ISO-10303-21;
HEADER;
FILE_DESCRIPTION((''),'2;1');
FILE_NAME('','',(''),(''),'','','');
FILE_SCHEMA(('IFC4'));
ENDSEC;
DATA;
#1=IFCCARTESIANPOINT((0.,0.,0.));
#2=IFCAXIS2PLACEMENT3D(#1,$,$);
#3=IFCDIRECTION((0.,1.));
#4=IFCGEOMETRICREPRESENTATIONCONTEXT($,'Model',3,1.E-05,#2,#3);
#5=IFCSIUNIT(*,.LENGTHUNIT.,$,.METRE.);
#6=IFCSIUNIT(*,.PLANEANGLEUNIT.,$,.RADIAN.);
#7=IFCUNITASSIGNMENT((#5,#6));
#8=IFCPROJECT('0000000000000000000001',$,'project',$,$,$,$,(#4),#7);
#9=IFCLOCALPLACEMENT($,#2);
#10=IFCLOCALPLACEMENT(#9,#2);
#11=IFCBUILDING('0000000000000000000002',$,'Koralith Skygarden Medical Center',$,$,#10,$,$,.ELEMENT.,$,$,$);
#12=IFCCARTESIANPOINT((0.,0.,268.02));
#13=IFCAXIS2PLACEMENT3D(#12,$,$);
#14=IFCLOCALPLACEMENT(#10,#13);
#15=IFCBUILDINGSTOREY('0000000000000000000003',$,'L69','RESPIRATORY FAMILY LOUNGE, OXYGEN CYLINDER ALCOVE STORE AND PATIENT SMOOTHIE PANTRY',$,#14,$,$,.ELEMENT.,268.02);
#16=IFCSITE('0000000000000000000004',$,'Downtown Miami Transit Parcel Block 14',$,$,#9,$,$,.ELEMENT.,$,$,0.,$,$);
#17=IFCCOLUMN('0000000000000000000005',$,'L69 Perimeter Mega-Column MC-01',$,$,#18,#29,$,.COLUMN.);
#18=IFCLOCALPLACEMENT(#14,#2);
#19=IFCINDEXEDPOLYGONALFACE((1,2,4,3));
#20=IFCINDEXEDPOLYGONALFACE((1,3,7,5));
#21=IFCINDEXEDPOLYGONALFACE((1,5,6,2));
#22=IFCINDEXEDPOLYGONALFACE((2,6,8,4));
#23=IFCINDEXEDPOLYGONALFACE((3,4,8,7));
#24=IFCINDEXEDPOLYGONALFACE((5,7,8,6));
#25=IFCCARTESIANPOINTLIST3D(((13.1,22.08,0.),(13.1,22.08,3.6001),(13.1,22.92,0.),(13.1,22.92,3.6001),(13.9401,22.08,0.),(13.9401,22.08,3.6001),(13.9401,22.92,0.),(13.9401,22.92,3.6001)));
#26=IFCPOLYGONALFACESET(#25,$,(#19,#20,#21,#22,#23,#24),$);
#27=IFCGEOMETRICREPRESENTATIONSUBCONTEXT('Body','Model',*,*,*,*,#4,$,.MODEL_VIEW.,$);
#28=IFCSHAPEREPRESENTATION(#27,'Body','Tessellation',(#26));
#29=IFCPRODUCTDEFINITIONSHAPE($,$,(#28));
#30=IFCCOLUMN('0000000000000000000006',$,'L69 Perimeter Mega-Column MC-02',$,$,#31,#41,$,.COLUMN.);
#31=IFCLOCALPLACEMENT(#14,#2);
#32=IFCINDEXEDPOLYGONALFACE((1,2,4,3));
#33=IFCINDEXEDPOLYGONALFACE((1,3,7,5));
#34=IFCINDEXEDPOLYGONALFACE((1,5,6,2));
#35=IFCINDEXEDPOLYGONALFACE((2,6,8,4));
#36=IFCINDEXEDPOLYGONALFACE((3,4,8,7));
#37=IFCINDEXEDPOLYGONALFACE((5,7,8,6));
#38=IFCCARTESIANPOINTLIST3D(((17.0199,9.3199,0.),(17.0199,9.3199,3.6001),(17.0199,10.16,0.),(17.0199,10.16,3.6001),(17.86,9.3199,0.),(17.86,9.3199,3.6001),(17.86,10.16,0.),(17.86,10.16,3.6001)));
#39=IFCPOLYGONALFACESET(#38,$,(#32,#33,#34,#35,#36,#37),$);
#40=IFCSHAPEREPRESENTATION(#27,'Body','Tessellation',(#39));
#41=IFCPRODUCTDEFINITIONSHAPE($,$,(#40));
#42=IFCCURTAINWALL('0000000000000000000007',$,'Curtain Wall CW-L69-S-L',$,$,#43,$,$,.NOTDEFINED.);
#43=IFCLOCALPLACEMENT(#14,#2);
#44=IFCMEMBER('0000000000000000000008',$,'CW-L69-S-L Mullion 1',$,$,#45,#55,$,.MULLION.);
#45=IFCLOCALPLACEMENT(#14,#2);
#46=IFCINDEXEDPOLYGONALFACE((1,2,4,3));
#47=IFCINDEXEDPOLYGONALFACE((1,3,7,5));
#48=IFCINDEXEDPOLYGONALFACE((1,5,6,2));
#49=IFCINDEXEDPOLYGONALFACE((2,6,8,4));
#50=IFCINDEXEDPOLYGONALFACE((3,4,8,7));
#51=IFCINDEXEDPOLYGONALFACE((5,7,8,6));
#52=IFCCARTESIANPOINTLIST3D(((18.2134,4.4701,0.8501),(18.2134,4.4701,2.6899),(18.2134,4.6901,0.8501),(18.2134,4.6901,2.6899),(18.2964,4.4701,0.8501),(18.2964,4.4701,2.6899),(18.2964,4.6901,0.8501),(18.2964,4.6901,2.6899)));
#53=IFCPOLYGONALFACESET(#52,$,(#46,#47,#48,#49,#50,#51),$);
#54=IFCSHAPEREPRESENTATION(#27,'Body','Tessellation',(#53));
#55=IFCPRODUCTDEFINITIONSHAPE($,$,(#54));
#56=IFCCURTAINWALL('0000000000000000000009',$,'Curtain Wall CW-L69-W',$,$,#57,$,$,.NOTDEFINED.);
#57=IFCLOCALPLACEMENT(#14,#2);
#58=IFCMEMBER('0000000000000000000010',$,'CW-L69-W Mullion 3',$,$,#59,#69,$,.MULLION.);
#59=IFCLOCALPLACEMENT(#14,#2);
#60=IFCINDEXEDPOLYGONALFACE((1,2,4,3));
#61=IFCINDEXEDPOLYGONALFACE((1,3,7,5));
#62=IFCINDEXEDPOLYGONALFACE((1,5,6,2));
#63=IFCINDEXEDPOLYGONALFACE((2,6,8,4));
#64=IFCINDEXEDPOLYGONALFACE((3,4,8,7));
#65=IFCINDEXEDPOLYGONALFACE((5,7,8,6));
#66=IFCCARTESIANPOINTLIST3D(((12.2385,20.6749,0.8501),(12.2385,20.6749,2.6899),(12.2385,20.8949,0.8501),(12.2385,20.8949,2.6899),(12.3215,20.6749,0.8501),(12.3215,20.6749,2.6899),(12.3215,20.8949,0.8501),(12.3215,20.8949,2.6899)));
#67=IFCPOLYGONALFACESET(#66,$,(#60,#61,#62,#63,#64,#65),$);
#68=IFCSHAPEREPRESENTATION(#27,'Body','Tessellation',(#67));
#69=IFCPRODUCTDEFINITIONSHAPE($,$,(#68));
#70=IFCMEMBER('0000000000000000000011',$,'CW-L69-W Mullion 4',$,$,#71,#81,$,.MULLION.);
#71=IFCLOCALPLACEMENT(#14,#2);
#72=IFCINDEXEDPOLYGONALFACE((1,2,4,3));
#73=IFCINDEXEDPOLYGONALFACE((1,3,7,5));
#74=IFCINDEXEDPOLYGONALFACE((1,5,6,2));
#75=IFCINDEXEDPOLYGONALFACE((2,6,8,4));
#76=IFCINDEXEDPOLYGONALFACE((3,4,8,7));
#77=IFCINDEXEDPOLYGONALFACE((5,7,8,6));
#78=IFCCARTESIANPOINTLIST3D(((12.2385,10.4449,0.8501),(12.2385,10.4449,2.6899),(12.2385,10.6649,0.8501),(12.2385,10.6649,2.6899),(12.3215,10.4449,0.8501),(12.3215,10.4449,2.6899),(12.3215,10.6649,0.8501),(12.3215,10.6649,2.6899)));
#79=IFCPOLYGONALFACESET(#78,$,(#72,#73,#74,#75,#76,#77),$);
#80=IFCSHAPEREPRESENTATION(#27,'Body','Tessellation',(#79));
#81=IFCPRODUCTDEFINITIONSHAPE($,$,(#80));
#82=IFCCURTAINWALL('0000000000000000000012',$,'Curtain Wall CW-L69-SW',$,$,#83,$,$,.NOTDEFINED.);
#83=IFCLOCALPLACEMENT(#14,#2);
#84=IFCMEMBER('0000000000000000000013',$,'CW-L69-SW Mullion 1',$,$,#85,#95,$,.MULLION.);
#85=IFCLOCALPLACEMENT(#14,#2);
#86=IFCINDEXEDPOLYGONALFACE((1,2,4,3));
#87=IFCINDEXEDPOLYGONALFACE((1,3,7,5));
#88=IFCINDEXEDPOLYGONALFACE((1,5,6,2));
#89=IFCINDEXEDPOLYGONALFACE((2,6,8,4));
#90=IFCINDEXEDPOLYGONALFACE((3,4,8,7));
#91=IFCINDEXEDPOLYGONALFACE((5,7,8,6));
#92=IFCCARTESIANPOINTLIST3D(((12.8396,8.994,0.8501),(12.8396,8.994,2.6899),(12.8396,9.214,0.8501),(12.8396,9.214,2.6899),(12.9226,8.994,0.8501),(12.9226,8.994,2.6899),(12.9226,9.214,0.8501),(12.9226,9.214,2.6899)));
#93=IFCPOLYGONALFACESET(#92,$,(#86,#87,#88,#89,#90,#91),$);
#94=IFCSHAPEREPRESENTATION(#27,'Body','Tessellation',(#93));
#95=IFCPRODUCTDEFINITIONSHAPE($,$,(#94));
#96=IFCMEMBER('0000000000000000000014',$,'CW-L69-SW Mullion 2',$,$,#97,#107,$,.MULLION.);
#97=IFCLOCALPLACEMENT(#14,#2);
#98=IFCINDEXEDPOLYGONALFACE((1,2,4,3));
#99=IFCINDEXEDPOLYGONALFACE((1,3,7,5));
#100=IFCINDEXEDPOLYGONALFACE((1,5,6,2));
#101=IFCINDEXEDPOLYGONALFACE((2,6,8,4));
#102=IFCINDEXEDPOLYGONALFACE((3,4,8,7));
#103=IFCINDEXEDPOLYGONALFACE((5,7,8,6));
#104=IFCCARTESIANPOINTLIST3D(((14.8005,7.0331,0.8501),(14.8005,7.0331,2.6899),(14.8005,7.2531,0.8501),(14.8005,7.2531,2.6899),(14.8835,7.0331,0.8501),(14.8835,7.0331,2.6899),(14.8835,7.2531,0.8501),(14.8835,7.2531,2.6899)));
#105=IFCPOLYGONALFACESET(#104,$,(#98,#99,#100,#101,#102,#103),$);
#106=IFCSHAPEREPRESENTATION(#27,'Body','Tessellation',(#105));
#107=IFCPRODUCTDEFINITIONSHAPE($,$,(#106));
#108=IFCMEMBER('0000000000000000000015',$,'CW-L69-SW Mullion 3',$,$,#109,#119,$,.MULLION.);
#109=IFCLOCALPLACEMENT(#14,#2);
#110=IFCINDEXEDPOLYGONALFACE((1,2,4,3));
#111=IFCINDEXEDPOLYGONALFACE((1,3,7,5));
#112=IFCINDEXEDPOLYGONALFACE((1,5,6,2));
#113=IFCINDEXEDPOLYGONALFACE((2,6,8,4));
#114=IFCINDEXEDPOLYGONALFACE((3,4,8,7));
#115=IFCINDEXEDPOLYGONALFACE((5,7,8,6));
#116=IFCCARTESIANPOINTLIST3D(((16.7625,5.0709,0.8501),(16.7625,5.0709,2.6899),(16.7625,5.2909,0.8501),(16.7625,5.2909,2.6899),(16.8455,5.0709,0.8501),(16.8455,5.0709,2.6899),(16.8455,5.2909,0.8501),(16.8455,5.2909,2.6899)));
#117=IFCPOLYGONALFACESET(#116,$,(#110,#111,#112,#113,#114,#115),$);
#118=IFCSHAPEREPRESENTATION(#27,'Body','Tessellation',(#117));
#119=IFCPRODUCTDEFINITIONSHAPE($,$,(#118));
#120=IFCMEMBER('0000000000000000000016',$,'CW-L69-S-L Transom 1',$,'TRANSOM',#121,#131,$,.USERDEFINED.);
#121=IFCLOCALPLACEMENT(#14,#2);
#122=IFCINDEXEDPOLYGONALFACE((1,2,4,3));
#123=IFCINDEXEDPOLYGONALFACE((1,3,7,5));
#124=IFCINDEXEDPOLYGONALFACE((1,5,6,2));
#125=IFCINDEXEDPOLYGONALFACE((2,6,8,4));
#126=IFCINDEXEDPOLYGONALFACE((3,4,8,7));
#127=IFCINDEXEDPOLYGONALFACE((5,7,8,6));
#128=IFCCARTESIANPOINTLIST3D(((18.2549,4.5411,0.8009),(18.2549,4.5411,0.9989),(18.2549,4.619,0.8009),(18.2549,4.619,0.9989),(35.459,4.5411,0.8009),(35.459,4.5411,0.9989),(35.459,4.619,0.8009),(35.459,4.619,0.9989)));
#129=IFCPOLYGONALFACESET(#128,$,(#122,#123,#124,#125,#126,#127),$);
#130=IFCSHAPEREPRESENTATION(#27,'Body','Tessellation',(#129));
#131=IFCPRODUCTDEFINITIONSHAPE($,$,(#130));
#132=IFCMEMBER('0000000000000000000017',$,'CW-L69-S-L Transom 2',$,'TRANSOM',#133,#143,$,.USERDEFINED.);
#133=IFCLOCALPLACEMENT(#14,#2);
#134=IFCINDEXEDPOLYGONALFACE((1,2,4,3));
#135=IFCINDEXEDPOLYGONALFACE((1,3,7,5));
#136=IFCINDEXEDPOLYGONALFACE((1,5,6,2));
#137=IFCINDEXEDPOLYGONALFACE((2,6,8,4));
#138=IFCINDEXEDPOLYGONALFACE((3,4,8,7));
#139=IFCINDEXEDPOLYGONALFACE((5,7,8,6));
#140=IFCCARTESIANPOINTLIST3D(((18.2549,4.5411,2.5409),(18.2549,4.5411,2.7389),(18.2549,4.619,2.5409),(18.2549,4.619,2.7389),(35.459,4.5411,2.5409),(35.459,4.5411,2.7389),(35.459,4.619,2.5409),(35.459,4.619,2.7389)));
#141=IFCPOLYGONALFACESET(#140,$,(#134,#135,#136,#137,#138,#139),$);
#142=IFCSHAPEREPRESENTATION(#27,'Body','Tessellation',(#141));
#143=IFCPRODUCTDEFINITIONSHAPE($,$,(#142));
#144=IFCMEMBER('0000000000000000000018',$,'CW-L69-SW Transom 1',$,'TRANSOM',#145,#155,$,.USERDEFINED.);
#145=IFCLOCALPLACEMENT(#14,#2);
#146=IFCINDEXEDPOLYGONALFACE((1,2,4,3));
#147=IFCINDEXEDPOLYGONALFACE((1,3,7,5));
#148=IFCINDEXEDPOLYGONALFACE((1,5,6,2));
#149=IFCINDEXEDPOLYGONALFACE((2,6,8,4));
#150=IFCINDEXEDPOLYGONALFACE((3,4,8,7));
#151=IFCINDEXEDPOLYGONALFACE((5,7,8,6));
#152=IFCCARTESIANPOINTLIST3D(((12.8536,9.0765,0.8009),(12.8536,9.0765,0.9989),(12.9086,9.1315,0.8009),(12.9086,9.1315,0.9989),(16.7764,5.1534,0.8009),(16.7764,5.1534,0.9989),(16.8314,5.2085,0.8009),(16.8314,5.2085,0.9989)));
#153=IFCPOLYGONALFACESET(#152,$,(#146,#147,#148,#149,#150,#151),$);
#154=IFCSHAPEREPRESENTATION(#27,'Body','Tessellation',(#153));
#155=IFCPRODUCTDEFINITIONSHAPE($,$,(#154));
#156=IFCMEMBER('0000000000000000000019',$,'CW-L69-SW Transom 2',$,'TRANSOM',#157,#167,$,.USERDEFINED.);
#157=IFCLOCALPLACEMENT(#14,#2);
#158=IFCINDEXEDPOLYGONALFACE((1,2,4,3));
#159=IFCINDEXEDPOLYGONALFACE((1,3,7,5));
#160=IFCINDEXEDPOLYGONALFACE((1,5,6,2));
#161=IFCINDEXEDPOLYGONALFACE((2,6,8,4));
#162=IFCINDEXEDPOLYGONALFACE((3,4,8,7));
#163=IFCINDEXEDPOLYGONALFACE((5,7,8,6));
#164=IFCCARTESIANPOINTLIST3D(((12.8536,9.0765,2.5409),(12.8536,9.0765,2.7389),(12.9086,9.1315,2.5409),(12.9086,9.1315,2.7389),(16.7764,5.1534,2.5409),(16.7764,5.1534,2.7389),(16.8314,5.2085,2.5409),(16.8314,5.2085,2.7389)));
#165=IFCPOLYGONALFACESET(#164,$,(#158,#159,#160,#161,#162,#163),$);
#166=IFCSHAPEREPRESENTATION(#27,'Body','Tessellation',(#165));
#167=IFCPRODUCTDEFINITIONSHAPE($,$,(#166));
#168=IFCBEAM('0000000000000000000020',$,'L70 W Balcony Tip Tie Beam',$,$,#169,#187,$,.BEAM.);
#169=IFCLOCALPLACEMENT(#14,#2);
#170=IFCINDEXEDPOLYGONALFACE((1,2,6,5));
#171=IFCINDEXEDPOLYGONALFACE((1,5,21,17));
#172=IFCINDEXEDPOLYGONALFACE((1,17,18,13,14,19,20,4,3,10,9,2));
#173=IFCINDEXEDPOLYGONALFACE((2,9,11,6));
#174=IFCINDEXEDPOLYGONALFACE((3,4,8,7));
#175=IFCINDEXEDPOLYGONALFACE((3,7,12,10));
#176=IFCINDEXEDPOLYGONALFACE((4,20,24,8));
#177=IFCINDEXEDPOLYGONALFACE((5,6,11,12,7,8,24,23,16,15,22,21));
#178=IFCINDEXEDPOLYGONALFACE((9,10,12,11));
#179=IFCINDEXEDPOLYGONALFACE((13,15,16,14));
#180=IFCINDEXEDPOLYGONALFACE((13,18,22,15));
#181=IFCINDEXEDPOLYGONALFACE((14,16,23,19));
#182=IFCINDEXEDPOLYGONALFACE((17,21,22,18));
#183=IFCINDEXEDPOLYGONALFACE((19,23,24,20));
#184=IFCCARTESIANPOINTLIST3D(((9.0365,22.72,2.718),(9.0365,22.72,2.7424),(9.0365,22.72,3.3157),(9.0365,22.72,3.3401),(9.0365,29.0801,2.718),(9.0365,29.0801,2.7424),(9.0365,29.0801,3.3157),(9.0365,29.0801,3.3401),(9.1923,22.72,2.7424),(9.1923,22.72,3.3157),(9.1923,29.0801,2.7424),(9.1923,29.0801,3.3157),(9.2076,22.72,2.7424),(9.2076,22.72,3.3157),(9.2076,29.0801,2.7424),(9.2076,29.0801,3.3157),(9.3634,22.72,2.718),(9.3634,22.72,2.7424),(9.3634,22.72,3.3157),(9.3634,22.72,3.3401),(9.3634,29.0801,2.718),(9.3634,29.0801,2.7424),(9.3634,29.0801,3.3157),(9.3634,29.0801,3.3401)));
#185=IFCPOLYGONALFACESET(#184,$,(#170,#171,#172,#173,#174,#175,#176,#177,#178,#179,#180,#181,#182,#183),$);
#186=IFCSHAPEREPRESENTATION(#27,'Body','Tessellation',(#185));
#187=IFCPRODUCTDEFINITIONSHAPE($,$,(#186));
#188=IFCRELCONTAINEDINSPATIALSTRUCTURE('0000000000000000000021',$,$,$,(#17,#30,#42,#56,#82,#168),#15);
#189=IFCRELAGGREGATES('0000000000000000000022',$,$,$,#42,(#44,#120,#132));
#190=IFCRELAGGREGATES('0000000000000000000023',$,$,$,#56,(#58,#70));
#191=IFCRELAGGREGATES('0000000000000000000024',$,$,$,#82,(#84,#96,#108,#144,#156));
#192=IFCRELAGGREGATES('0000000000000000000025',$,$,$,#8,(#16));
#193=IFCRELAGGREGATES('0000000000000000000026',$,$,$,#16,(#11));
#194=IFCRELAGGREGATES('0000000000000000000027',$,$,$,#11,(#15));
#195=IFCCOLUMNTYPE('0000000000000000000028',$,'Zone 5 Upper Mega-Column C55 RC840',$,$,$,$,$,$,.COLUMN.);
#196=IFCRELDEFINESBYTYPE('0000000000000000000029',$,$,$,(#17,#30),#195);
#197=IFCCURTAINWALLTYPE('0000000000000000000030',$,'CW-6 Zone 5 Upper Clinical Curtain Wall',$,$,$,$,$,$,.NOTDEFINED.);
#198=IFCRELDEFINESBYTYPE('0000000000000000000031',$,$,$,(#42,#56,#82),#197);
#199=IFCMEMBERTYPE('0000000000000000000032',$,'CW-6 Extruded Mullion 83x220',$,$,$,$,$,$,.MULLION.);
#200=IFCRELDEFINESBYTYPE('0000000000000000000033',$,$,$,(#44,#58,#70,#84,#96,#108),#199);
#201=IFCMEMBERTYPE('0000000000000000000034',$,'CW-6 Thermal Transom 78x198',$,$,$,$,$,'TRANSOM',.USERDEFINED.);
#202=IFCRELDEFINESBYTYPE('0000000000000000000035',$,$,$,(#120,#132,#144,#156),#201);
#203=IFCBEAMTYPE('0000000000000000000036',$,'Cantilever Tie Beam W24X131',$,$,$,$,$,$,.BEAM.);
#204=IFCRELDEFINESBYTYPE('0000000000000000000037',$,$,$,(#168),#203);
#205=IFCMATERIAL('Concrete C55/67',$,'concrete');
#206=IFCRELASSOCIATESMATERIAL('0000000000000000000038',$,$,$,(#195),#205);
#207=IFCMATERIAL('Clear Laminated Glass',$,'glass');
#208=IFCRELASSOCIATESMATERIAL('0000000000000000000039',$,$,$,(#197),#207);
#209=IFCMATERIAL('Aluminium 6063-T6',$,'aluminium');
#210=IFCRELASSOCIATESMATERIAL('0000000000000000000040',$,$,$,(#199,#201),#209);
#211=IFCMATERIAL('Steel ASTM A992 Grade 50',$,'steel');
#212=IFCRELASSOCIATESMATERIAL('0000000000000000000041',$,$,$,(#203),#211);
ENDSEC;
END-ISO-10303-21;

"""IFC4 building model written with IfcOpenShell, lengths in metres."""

from ifc_helpers import new_model, si_unit, direction, frame, origin, origin_2d, place, context, subcontext, project, spatial, rectangle, i_section, extrude, material, material_profile, profile_set, type_object, element, aggregate, save


model = new_model("IFC4")

# Units and contexts
model_context = context("Model", 3, precision=1e-05, world=origin(), true_north=direction((0.0, 1.0)))
body_context = subcontext(model_context, "Body", "Model", "MODEL_VIEW")
ifc_project = project(units=[si_unit("LENGTHUNIT", "METRE"), si_unit("PLANEANGLEUNIT", "RADIAN")], contexts=[model_context])

# Site, building, storey
site_placement = place(None, origin())
site = spatial("IfcSite", under=ifc_project, at=site_placement, Name="Downtown Miami Transit Parcel Block 14", CompositionType="ELEMENT", RefElevation=0.0)
building_placement = place(site_placement, origin())
building = spatial("IfcBuilding", under=site, at=building_placement, Name="Koralith Skygarden Medical Center", CompositionType="ELEMENT")
storey_placement = place(building_placement, frame((0.0, 0.0, 268.02)))
storey = spatial("IfcBuildingStorey", under=building, at=storey_placement, Name="L69", Description="RESPIRATORY FAMILY LOUNGE, OXYGEN CYLINDER ALCOVE STORE AND PATIENT SMOOTHIE PANTRY", CompositionType="ELEMENT", Elevation=268.02)

# Columns
ifc_material_1 = material(Name="Concrete C55/67", Category="concrete")
ifc_material_profile_1 = material_profile(ifc_material_1, rectangle(XDim=0.8401, YDim=0.8401, at=origin_2d()), Name="RC840X840")
ifc_profile_set_1 = profile_set([ifc_material_profile_1], Name="Concrete C55/67")
column_type = type_object("IfcColumnType", Name="Zone 5 Upper Mega-Column C55 RC840", PredefinedType="COLUMN", material=ifc_profile_set_1)
for number, where, z_axis, x_axis, name in (
    (1, (13.52, 22.5, 0.0), (0.0, 0.0, 1.0), (1.0, 0.0, 0.0), "L69 Perimeter Mega-Column MC-01"),
    (2, (17.4399, 9.74, 0.0), (0.0, 0.0, 1.0), (1.0, 0.0, 0.0), "L69 Perimeter Mega-Column MC-02"),
):
    element("IfcColumn", number, at=place(storey_placement, frame(where, z_axis=z_axis, x_axis=x_axis)), inside=storey, type_object=column_type, Name=name, PredefinedType="COLUMN", context=body_context, shape_type="SweptSolid", body=[
        extrude(rectangle(XDim=0.8401, YDim=0.8401, at=origin_2d()), origin(), (0.0, 0.0, 1.0), 3.6001),
    ])

# Curtain wall, member
ifc_material_2 = material(Name="Clear Laminated Glass", Category="glass")
curtain_wall_type = type_object("IfcCurtainWallType", Name="CW-6 Zone 5 Upper Clinical Curtain Wall", PredefinedType="NOTDEFINED", material=ifc_material_2)
curtain_wall_1_placement = place(storey_placement, origin())
curtain_wall_1 = element("IfcCurtainWall", 3, at=curtain_wall_1_placement, inside=storey, type_object=curtain_wall_type, Name="Curtain Wall CW-L69-S-L", PredefinedType="NOTDEFINED")
ifc_material_3 = material(Name="Aluminium 6063-T6", Category="aluminium")
ifc_material_profile_2 = material_profile(ifc_material_3, rectangle(XDim=0.083, YDim=0.22, at=origin_2d()), Name="MUL83X220")
ifc_profile_set_2 = profile_set([ifc_material_profile_2], Name="Aluminium 6063-T6")
member_type_1 = type_object("IfcMemberType", Name="CW-6 Extruded Mullion 83x220", PredefinedType="MULLION", material=ifc_profile_set_2)
member_1_placement = place(storey_placement, frame((18.2549, 4.5801, 0.8501), z_axis=(0.0, 0.0, 1.0), x_axis=(1.0, 0.0, 0.0)))
member_1 = element("IfcMember", 4, at=member_1_placement, type_object=member_type_1, Name="CW-L69-S-L Mullion 1", PredefinedType="MULLION", context=body_context, shape_type="SweptSolid", body=[
    extrude(rectangle(XDim=0.083, YDim=0.22, at=origin_2d()), origin(), (0.0, 0.0, 1.0), 1.8398),
])

# Curtain walls, members
curtain_wall_2_placement = place(storey_placement, origin())
curtain_wall_2 = element("IfcCurtainWall", 5, at=curtain_wall_2_placement, inside=storey, type_object=curtain_wall_type, Name="Curtain Wall CW-L69-W", PredefinedType="NOTDEFINED")
member_2_placement = place(storey_placement, frame((12.28, 20.7849, 0.8501), z_axis=(0.0, 0.0, 1.0), x_axis=(1.0, 0.0, 0.0)))
member_2 = element("IfcMember", 6, at=member_2_placement, type_object=member_type_1, Name="CW-L69-W Mullion 3", PredefinedType="MULLION", context=body_context, shape_type="SweptSolid", body=[
    extrude(rectangle(XDim=0.083, YDim=0.22, at=origin_2d()), origin(), (0.0, 0.0, 1.0), 1.8398),
])
member_3_placement = place(storey_placement, frame((12.28, 10.5549, 0.8501), z_axis=(0.0, 0.0, 1.0), x_axis=(1.0, 0.0, 0.0)))
member_3 = element("IfcMember", 7, at=member_3_placement, type_object=member_type_1, Name="CW-L69-W Mullion 4", PredefinedType="MULLION", context=body_context, shape_type="SweptSolid", body=[
    extrude(rectangle(XDim=0.083, YDim=0.22, at=origin_2d()), origin(), (0.0, 0.0, 1.0), 1.8398),
])
curtain_wall_3_placement = place(storey_placement, origin())
curtain_wall_3 = element("IfcCurtainWall", 8, at=curtain_wall_3_placement, inside=storey, type_object=curtain_wall_type, Name="Curtain Wall CW-L69-SW", PredefinedType="NOTDEFINED")
member_4_placement = place(storey_placement, frame((12.8811, 9.104, 0.8501), z_axis=(0.0, 0.0, 1.0), x_axis=(1.0, 0.0, 0.0)))
member_4 = element("IfcMember", 9, at=member_4_placement, type_object=member_type_1, Name="CW-L69-SW Mullion 1", PredefinedType="MULLION", context=body_context, shape_type="SweptSolid", body=[
    extrude(rectangle(XDim=0.083, YDim=0.22, at=origin_2d()), origin(), (0.0, 0.0, 1.0), 1.8398),
])
member_5_placement = place(storey_placement, frame((14.842, 7.1431, 0.8501), z_axis=(0.0, 0.0, 1.0), x_axis=(1.0, 0.0, 0.0)))
member_5 = element("IfcMember", 10, at=member_5_placement, type_object=member_type_1, Name="CW-L69-SW Mullion 2", PredefinedType="MULLION", context=body_context, shape_type="SweptSolid", body=[
    extrude(rectangle(XDim=0.083, YDim=0.22, at=origin_2d()), origin(), (0.0, 0.0, 1.0), 1.8398),
])
member_6_placement = place(storey_placement, frame((16.804, 5.1809, 0.8501), z_axis=(0.0, 0.0, 1.0), x_axis=(1.0, 0.0, 0.0)))
member_6 = element("IfcMember", 11, at=member_6_placement, type_object=member_type_1, Name="CW-L69-SW Mullion 3", PredefinedType="MULLION", context=body_context, shape_type="SweptSolid", body=[
    extrude(rectangle(XDim=0.083, YDim=0.22, at=origin_2d()), origin(), (0.0, 0.0, 1.0), 1.8398),
])

# Members
ifc_material_profile_3 = material_profile(ifc_material_3, rectangle(XDim=0.0779, YDim=0.198, at=origin_2d()), Name="TRN78X198")
ifc_profile_set_3 = profile_set([ifc_material_profile_3], Name="Aluminium 6063-T6")
member_type_2 = type_object("IfcMemberType", Name="CW-6 Thermal Transom 78x198", ElementType="TRANSOM", PredefinedType="USERDEFINED", material=ifc_profile_set_3)
member_7_placement = place(storey_placement, frame((18.2549, 4.5801, 0.8999), z_axis=(1.0, 0.0, 0.0), x_axis=(0.0, 1.0, 0.0)))
member_7 = element("IfcMember", 12, at=member_7_placement, type_object=member_type_2, Name="CW-L69-S-L Transom 1", ObjectType="TRANSOM", PredefinedType="USERDEFINED", context=body_context, shape_type="SweptSolid", body=[
    extrude(rectangle(XDim=0.0779, YDim=0.198, at=origin_2d()), origin(), (0.0, 0.0, 1.0), 17.2041),
])
member_8_placement = place(storey_placement, frame((18.2549, 4.5801, 2.6399), z_axis=(1.0, 0.0, 0.0), x_axis=(0.0, 1.0, 0.0)))
member_8 = element("IfcMember", 13, at=member_8_placement, type_object=member_type_2, Name="CW-L69-S-L Transom 2", ObjectType="TRANSOM", PredefinedType="USERDEFINED", context=body_context, shape_type="SweptSolid", body=[
    extrude(rectangle(XDim=0.0779, YDim=0.198, at=origin_2d()), origin(), (0.0, 0.0, 1.0), 17.2041),
])
aggregate(curtain_wall_1, [member_1, member_7, member_8])
member_9_placement = place(storey_placement, frame((12.8811, 9.104, 0.8999), z_axis=(0.707085, -0.707129, 0.0), x_axis=(0.707129, 0.707085, 0.0)))
member_9 = element("IfcMember", 14, at=member_9_placement, type_object=member_type_2, Name="CW-L69-SW Transom 1", ObjectType="TRANSOM", PredefinedType="USERDEFINED", context=body_context, shape_type="SweptSolid", body=[
    extrude(rectangle(XDim=0.0779, YDim=0.198, at=origin_2d()), origin(), (0.0, 0.0, 1.0), 5.5479),
])
member_10_placement = place(storey_placement, frame((12.8811, 9.104, 2.6399), z_axis=(0.707085, -0.707129, 0.0), x_axis=(0.707129, 0.707085, 0.0)))
member_10 = element("IfcMember", 15, at=member_10_placement, type_object=member_type_2, Name="CW-L69-SW Transom 2", ObjectType="TRANSOM", PredefinedType="USERDEFINED", context=body_context, shape_type="SweptSolid", body=[
    extrude(rectangle(XDim=0.0779, YDim=0.198, at=origin_2d()), origin(), (0.0, 0.0, 1.0), 5.5479),
])

# Beam
ifc_material_4 = material(Name="Steel ASTM A992 Grade 50", Category="steel")
ifc_material_profile_4 = material_profile(ifc_material_4, i_section(OverallWidth=0.3269, OverallDepth=0.6221, WebThickness=0.0154, FlangeThickness=0.0244, at=origin_2d()), Name="W24X131")
ifc_profile_set_4 = profile_set([ifc_material_profile_4], Name="Steel ASTM A992 Grade 50")
beam_type_1 = type_object("IfcBeamType", Name="Cantilever Tie Beam W24X131", PredefinedType="BEAM", material=ifc_profile_set_4)
beam_1_placement = place(storey_placement, frame((9.2, 22.72, 3.0291), z_axis=(0.0, 1.0, 0.0), x_axis=(-1.0, 0.0, 0.0)))
element("IfcBeam", 16, at=beam_1_placement, inside=storey, type_object=beam_type_1, Name="L70 W Balcony Tip Tie Beam", PredefinedType="BEAM", context=body_context, shape_type="SweptSolid", body=[
    extrude(i_section(OverallWidth=0.3269, OverallDepth=0.6221, WebThickness=0.0154, FlangeThickness=0.0244, at=origin_2d()), origin(), (0.0, 0.0, 1.0), 6.3601),
])

aggregate(curtain_wall_2, [member_2, member_3])
aggregate(curtain_wall_3, [member_4, member_5, member_6, member_9, member_10])

save(model, "model.ifc")
